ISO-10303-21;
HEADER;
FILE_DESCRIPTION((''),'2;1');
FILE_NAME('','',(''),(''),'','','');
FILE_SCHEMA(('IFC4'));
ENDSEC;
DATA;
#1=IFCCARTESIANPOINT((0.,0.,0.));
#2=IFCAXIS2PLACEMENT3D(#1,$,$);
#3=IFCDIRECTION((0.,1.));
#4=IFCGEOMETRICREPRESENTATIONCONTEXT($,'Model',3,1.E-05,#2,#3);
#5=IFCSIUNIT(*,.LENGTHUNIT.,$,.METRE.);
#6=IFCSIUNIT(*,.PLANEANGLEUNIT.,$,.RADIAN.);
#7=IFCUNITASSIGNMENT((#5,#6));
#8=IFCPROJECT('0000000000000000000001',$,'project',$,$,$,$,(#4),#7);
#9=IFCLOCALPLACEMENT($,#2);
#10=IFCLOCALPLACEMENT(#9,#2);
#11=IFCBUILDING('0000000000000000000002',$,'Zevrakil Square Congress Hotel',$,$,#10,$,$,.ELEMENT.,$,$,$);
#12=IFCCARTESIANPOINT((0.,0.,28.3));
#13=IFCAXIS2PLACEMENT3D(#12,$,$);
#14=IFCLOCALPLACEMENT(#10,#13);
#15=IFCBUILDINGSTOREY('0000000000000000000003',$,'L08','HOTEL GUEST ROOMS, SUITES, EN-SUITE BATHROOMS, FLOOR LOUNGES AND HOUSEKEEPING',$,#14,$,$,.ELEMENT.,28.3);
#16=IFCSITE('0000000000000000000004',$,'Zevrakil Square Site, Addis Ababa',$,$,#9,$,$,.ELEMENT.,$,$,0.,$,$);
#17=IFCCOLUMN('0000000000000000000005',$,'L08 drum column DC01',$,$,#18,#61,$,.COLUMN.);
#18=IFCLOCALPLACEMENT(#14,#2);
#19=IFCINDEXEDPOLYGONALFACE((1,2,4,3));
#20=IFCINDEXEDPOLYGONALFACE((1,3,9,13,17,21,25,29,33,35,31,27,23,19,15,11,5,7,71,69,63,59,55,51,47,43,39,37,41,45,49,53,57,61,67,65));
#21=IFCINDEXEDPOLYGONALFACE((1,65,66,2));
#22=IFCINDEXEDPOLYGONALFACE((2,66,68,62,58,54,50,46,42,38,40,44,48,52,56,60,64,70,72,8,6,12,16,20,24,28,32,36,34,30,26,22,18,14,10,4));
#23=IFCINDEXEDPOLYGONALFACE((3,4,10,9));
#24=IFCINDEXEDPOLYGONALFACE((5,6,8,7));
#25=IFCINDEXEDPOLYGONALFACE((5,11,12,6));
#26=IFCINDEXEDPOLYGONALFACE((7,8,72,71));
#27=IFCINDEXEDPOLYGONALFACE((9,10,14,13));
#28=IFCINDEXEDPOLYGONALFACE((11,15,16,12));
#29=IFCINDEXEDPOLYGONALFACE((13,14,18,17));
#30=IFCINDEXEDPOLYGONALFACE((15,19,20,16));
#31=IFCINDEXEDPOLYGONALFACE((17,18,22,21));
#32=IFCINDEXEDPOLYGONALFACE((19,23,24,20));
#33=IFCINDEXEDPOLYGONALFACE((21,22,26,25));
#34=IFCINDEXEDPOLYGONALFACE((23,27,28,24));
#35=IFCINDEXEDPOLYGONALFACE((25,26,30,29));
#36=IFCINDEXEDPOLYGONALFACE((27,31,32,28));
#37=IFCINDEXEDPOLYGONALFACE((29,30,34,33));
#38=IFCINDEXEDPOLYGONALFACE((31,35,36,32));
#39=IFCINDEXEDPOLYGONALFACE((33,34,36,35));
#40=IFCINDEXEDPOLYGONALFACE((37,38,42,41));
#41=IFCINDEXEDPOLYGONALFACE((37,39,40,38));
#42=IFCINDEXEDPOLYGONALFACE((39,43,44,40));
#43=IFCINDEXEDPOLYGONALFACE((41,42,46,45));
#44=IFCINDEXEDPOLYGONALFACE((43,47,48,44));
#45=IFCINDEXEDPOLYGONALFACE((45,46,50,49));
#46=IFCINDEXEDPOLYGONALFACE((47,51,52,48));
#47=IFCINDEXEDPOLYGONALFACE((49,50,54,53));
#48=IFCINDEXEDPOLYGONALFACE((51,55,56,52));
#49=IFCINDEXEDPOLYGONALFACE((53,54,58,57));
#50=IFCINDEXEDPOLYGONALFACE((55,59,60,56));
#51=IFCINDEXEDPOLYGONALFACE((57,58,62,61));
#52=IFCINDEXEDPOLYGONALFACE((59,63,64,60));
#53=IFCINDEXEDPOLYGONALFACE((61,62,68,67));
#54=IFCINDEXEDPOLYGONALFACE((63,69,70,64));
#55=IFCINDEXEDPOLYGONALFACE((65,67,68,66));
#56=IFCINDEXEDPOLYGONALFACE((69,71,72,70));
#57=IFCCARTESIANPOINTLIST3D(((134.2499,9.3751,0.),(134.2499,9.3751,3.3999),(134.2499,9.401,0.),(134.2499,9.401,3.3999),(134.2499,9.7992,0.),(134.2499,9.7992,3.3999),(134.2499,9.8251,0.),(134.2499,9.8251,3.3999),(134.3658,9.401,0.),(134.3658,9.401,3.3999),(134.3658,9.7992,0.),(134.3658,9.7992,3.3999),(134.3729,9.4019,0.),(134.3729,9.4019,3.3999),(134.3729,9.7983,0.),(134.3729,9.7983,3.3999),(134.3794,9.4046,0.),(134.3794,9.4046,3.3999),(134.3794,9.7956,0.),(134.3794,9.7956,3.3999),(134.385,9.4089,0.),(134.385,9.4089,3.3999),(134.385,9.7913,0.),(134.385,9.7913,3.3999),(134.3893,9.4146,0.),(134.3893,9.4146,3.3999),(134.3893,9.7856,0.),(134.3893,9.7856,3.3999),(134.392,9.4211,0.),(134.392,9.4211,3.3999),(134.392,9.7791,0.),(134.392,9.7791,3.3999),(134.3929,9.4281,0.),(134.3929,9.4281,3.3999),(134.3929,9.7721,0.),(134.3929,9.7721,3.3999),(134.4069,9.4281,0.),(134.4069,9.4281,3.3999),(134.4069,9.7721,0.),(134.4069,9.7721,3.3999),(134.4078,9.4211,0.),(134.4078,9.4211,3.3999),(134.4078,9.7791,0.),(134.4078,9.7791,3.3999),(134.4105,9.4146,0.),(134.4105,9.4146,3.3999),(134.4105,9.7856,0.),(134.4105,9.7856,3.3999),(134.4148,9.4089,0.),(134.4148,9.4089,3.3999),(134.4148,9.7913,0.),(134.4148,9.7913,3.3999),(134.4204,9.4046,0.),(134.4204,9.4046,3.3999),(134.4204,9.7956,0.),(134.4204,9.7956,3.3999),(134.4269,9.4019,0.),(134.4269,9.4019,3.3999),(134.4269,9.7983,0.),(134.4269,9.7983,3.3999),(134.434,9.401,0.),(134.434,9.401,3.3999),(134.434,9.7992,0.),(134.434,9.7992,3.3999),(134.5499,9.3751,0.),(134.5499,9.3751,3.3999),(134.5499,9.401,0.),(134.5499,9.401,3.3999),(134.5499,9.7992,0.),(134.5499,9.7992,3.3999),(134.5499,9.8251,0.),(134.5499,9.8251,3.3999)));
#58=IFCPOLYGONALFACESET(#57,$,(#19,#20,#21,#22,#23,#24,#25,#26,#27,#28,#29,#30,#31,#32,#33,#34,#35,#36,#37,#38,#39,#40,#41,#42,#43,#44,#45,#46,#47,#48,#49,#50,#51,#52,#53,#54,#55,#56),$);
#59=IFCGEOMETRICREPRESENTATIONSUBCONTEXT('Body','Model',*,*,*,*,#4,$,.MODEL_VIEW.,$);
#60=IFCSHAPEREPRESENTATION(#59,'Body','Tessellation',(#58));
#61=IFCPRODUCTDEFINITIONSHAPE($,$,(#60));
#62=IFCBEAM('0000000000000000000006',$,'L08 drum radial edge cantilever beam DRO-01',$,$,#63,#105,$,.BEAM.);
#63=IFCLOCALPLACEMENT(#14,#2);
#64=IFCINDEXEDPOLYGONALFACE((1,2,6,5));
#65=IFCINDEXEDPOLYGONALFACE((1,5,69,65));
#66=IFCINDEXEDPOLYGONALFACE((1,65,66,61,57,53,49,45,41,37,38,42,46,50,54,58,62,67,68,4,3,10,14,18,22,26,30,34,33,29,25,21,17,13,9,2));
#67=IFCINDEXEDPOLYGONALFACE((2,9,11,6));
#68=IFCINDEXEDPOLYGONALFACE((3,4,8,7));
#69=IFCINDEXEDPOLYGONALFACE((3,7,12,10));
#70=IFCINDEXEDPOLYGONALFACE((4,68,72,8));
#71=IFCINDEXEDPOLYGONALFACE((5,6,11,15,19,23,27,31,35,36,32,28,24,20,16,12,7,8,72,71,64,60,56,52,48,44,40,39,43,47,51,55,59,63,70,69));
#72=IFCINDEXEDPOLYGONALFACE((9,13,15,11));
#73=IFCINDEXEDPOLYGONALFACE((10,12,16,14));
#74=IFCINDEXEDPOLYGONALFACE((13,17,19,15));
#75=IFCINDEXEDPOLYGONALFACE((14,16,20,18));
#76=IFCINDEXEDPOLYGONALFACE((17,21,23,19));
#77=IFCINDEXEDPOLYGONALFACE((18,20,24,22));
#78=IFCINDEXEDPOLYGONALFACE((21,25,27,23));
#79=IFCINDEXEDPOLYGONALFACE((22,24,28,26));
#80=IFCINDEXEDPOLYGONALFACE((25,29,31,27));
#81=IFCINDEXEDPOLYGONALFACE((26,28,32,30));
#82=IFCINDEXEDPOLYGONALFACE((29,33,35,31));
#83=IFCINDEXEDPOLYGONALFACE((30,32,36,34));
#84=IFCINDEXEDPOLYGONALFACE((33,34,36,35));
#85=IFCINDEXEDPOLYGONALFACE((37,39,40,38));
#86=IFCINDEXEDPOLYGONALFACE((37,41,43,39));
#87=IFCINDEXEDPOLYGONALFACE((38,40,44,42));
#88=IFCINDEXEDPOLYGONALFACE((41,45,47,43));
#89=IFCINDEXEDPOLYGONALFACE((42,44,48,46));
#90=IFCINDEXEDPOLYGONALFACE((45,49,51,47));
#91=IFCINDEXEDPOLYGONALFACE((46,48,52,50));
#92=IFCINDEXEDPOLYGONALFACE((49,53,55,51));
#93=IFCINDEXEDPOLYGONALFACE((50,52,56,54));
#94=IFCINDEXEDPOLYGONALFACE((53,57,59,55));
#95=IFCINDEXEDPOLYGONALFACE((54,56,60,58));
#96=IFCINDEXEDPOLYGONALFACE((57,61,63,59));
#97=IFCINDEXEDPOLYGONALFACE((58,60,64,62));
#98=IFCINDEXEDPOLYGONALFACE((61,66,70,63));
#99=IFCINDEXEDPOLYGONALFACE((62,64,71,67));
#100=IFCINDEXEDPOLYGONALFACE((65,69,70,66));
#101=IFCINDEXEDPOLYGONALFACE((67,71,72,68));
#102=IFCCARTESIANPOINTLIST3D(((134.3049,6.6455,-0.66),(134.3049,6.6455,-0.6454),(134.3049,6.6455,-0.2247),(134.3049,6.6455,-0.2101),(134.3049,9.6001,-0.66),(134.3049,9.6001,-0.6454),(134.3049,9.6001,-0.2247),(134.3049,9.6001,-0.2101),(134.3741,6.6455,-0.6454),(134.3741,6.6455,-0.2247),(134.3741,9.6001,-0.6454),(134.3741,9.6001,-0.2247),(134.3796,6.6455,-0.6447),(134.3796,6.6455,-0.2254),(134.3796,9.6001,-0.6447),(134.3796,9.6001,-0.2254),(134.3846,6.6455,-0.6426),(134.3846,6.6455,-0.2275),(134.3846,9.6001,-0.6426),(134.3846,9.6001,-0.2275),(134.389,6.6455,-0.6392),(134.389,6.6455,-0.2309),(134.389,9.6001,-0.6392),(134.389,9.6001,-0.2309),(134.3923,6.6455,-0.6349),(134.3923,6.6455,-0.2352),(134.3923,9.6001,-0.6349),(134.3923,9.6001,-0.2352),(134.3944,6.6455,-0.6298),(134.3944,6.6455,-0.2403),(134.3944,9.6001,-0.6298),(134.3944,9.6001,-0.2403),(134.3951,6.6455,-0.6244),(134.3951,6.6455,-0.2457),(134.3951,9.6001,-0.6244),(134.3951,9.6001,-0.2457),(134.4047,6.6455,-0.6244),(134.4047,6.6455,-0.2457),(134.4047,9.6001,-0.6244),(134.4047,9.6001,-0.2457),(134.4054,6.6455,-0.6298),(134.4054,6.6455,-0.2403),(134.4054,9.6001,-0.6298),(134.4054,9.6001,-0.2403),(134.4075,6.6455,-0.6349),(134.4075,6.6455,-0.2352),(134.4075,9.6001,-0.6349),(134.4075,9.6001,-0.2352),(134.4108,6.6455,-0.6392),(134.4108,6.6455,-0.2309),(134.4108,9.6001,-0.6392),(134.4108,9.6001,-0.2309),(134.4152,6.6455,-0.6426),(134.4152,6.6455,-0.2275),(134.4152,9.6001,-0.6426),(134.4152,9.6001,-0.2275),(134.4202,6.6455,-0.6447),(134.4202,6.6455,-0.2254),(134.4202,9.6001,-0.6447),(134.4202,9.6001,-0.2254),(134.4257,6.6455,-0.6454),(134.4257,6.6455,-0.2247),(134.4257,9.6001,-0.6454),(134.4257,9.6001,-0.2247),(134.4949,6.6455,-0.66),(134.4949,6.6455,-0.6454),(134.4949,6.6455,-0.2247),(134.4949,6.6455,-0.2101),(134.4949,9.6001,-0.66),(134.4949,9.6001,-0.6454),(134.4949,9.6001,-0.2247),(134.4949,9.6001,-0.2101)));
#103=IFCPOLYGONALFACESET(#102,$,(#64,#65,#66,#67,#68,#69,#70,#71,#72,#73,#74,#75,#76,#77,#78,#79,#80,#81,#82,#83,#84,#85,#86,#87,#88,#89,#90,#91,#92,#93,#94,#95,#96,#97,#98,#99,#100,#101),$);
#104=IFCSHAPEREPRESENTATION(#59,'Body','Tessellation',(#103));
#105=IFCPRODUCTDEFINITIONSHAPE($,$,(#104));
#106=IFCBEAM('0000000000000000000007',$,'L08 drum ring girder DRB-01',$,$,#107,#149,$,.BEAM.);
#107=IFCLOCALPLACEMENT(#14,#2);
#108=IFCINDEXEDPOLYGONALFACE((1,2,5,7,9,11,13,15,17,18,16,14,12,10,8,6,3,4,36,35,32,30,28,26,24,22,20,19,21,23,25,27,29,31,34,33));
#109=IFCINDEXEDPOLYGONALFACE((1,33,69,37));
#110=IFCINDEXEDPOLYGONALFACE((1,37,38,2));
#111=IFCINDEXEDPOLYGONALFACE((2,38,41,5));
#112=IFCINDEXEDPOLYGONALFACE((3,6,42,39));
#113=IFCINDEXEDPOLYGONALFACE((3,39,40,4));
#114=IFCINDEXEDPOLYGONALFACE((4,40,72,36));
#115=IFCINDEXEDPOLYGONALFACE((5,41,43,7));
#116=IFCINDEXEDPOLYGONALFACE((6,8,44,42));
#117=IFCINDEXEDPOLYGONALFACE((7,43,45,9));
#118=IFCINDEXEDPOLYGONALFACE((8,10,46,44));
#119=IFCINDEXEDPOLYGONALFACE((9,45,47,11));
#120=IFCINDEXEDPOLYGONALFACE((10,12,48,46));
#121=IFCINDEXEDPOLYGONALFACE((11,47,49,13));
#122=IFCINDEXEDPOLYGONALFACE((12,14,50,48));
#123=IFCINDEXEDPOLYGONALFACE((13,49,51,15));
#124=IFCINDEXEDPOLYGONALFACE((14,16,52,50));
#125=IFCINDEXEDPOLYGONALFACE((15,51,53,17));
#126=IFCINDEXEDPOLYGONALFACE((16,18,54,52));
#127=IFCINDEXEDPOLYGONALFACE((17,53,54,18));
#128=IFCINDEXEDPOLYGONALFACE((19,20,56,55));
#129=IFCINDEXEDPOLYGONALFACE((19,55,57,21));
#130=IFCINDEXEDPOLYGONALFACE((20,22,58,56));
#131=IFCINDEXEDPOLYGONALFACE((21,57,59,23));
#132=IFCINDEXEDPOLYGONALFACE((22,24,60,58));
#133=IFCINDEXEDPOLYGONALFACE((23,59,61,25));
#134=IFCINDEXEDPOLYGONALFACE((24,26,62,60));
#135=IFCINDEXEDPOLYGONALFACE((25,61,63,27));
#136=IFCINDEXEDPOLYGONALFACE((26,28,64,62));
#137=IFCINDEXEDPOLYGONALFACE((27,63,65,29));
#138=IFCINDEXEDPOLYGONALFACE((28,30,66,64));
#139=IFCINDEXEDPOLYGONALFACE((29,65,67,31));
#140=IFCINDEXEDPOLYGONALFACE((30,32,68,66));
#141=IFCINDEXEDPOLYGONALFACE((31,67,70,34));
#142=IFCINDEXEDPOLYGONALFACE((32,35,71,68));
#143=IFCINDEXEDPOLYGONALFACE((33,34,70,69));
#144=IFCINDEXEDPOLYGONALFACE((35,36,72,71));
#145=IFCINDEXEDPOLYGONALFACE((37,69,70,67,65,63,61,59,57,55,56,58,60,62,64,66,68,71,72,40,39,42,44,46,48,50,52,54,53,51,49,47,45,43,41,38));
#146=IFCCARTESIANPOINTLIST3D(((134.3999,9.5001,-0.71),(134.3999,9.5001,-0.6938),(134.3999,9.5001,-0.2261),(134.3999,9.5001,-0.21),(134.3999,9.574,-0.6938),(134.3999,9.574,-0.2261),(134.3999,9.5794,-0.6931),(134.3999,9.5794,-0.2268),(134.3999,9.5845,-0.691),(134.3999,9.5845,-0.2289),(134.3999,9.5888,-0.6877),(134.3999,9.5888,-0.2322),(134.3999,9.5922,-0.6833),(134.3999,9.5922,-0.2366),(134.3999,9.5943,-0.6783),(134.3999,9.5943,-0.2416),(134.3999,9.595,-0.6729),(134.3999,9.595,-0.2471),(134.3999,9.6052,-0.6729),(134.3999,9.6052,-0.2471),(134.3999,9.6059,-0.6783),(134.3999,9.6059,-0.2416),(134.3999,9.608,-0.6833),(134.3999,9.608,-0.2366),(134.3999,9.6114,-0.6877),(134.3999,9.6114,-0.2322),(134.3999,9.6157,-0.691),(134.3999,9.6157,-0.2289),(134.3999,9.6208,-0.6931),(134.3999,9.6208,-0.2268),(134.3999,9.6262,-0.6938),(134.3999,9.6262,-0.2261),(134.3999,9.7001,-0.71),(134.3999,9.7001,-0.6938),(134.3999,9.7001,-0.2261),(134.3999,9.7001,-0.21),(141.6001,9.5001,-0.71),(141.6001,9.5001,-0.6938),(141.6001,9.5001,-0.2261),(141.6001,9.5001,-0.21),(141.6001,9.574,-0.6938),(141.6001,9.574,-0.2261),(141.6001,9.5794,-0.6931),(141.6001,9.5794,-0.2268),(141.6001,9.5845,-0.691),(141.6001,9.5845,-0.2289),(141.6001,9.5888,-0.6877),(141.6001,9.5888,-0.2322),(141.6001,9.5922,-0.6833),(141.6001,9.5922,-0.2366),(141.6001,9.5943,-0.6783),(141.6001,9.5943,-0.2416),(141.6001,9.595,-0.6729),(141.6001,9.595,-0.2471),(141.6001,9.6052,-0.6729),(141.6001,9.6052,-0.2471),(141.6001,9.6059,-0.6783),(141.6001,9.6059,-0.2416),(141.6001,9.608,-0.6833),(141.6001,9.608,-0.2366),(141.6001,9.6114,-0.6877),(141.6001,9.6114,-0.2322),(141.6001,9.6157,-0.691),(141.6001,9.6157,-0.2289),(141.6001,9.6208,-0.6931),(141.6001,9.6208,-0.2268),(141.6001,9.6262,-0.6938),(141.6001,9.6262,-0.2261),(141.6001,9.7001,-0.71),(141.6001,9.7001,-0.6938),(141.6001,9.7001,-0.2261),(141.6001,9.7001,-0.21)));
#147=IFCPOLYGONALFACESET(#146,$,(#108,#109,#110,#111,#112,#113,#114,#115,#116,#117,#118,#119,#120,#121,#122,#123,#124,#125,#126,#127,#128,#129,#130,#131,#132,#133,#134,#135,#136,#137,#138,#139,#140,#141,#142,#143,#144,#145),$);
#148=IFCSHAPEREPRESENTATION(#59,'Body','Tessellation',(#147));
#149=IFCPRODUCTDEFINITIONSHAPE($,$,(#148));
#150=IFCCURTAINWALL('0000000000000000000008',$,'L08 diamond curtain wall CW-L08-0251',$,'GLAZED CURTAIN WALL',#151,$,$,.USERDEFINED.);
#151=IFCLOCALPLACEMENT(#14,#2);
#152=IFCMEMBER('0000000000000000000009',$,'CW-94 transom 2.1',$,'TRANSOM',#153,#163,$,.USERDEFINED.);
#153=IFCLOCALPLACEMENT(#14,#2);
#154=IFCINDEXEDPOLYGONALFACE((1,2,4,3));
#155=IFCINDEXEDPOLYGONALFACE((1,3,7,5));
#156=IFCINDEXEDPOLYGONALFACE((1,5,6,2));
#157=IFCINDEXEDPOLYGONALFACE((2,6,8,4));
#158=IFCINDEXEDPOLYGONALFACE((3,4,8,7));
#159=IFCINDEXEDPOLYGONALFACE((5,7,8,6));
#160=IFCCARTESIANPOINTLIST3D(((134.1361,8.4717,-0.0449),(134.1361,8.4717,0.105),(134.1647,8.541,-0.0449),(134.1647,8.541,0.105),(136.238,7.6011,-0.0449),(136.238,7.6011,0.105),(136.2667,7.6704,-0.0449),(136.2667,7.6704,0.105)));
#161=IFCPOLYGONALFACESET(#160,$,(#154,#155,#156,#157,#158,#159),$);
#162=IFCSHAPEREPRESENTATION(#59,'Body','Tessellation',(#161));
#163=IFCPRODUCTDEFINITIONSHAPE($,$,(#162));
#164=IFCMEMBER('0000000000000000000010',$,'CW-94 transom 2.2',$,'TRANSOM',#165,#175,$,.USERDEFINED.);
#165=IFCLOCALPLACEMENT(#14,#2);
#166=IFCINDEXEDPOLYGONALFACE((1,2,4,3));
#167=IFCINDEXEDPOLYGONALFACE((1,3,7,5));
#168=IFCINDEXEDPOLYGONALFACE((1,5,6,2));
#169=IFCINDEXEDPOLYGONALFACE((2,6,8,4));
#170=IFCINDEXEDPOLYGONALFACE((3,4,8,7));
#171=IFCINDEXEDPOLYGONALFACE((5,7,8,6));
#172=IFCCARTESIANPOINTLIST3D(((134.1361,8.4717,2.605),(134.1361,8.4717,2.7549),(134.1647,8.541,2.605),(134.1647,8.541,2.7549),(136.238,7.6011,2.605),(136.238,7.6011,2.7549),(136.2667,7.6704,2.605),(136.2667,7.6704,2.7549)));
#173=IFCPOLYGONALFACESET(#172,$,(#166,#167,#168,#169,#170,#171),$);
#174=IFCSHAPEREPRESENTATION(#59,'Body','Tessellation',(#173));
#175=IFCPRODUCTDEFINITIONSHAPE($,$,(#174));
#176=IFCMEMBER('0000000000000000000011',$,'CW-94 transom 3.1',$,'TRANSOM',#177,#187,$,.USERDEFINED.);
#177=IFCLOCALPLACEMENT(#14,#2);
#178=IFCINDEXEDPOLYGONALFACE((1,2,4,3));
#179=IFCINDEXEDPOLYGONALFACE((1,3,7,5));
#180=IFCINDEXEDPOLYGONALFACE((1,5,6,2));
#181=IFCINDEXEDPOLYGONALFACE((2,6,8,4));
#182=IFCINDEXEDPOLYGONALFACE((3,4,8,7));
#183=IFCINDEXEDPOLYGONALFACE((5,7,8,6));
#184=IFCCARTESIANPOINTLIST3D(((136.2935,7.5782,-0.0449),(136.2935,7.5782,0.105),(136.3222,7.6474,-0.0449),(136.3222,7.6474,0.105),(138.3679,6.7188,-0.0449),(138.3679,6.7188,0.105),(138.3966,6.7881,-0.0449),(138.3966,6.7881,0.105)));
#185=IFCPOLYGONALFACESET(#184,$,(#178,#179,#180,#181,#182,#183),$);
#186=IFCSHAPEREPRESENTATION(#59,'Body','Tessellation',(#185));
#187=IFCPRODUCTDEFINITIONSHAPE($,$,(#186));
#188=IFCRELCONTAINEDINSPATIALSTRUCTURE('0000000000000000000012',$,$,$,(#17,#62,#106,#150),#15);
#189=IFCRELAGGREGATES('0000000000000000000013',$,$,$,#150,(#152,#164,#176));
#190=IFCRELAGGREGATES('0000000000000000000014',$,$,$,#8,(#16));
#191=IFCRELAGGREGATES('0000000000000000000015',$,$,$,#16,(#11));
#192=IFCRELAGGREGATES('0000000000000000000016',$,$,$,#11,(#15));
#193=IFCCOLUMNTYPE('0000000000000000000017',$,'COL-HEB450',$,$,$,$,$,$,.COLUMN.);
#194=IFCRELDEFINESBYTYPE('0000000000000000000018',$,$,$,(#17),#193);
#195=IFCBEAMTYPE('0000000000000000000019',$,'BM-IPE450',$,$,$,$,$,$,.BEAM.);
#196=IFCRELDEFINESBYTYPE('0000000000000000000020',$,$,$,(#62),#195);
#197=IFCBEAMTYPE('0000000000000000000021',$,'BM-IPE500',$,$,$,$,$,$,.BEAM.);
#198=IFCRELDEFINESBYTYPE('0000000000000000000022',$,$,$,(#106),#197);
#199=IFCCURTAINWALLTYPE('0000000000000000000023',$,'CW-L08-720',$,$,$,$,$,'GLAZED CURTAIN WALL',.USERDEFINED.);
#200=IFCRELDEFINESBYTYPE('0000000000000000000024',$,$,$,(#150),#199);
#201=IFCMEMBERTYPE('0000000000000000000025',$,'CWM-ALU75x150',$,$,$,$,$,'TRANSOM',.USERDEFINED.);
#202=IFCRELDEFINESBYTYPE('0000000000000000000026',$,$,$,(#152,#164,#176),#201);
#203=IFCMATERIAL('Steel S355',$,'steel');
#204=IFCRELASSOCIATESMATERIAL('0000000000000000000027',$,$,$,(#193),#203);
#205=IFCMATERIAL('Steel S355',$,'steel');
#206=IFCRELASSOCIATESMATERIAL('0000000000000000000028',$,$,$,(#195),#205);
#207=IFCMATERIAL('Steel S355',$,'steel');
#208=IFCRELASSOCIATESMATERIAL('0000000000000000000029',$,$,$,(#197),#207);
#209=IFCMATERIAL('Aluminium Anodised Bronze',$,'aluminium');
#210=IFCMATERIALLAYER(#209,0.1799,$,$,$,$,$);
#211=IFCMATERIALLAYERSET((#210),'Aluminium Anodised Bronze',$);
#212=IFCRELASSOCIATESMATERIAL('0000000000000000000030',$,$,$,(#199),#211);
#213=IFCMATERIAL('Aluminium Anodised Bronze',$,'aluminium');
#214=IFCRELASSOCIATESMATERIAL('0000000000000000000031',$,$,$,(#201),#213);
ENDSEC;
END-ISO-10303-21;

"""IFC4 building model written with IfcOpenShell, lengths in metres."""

from ifc_helpers import new_model, si_unit, direction, frame, origin, origin_2d, place, context, subcontext, project, spatial, rectangle, i_section, extrude, material, layer, layer_set, material_profile, profile_set, type_object, element, aggregate, save


model = new_model("IFC4")

# Units and contexts
model_context = context("Model", 3, precision=1e-05, world=origin(), true_north=direction((0.0, 1.0)))
body_context = subcontext(model_context, "Body", "Model", "MODEL_VIEW")
ifc_project = project(units=[si_unit("LENGTHUNIT", "METRE"), si_unit("PLANEANGLEUNIT", "RADIAN")], contexts=[model_context])

# Site, building, storey
site_placement = place(None, origin())
site = spatial("IfcSite", under=ifc_project, at=site_placement, Name="Zevrakil Square Site, Addis Ababa", CompositionType="ELEMENT", RefElevation=0.0)
building_placement = place(site_placement, origin())
building = spatial("IfcBuilding", under=site, at=building_placement, Name="Zevrakil Square Congress Hotel", CompositionType="ELEMENT")
storey_placement = place(building_placement, frame((0.0, 0.0, 28.3)))
storey = spatial("IfcBuildingStorey", under=building, at=storey_placement, Name="L08", Description="HOTEL GUEST ROOMS, SUITES, EN-SUITE BATHROOMS, FLOOR LOUNGES AND HOUSEKEEPING", CompositionType="ELEMENT", Elevation=28.3)

# Column
ifc_material_1 = material(Name="Steel S355", Category="steel")
ifc_material_profile_1 = material_profile(ifc_material_1, i_section(OverallWidth=0.3, OverallDepth=0.45, WebThickness=0.0139, FlangeThickness=0.0259, FilletRadius=0.0271, at=origin_2d()), Name="HEB 450")
ifc_profile_set_1 = profile_set([ifc_material_profile_1], Name="Steel S355")
column_type = type_object("IfcColumnType", Name="COL-HEB450", PredefinedType="COLUMN", material=ifc_profile_set_1)
column_placement = place(storey_placement, frame((134.3999, 9.6001, 0.0), z_axis=(0.0, 0.0, 1.0), x_axis=(1.0, 0.0, 0.0)))
element("IfcColumn", 1, at=column_placement, inside=storey, type_object=column_type, Name="L08 drum column DC01", PredefinedType="COLUMN", context=body_context, shape_type="SweptSolid", body=[
    extrude(i_section(OverallWidth=0.3, OverallDepth=0.45, WebThickness=0.0139, FlangeThickness=0.0259, FilletRadius=0.0271, at=origin_2d()), origin(), (0.0, 0.0, 1.0), 3.3999),
])

# Beams
ifc_material_2 = material(Name="Steel S355", Category="steel")
ifc_material_profile_2 = material_profile(ifc_material_2, i_section(OverallWidth=0.1899, OverallDepth=0.45, WebThickness=0.0095, FlangeThickness=0.0146, FilletRadius=0.021, at=origin_2d()), Name="IPE 450")
ifc_profile_set_2 = profile_set([ifc_material_profile_2], Name="Steel S355")
beam_type_1 = type_object("IfcBeamType", Name="BM-IPE450", PredefinedType="BEAM", material=ifc_profile_set_2)
beam_1_placement = place(storey_placement, frame((134.3999, 9.6001, -0.4351), z_axis=(0.0, -1.0, 0.0), x_axis=(1.0, 0.0, 0.0)))
element("IfcBeam", 2, at=beam_1_placement, inside=storey, type_object=beam_type_1, Name="L08 drum radial edge cantilever beam DRO-01", PredefinedType="BEAM", context=body_context, shape_type="SweptSolid", body=[
    extrude(i_section(OverallWidth=0.1899, OverallDepth=0.45, WebThickness=0.0095, FlangeThickness=0.0146, FilletRadius=0.021, at=origin_2d()), origin(), (0.0, 0.0, 1.0), 2.9546),
])
ifc_material_3 = material(Name="Steel S355", Category="steel")
ifc_material_profile_3 = material_profile(ifc_material_3, i_section(OverallWidth=0.2, OverallDepth=0.5, WebThickness=0.0103, FlangeThickness=0.0161, FilletRadius=0.021, at=origin_2d()), Name="IPE 500")
ifc_profile_set_3 = profile_set([ifc_material_profile_3], Name="Steel S355")
beam_type_2 = type_object("IfcBeamType", Name="BM-IPE500", PredefinedType="BEAM", material=ifc_profile_set_3)
beam_2_placement = place(storey_placement, frame((134.3999, 9.6001, -0.46), z_axis=(1.0, 0.0, 0.0), x_axis=(0.0, 1.0, 0.0)))
element("IfcBeam", 3, at=beam_2_placement, inside=storey, type_object=beam_type_2, Name="L08 drum ring girder DRB-01", PredefinedType="BEAM", context=body_context, shape_type="SweptSolid", body=[
    extrude(i_section(OverallWidth=0.2, OverallDepth=0.5, WebThickness=0.0103, FlangeThickness=0.0161, FilletRadius=0.021, at=origin_2d()), origin(), (0.0, 0.0, 1.0), 7.2002),
])

# Curtain wall, members
ifc_material_4 = material(Name="Aluminium Anodised Bronze", Category="aluminium")
ifc_layer_1 = layer(ifc_material_4, 0.1799)
ifc_layer_set_1 = layer_set([ifc_layer_1], Name="Aluminium Anodised Bronze")
curtain_wall_type_1 = type_object("IfcCurtainWallType", Name="CW-L08-720", ElementType="GLAZED CURTAIN WALL", PredefinedType="USERDEFINED", material=ifc_layer_set_1)
curtain_wall_1_placement = place(storey_placement, origin())
curtain_wall_1 = element("IfcCurtainWall", 4, at=curtain_wall_1_placement, inside=storey, type_object=curtain_wall_type_1, Name="L08 diamond curtain wall CW-L08-0251", ObjectType="GLAZED CURTAIN WALL", PredefinedType="USERDEFINED")
ifc_material_5 = material(Name="Aluminium Anodised Bronze", Category="aluminium")
ifc_material_profile_4 = material_profile(ifc_material_5, rectangle(XDim=0.075, YDim=0.1499, at=origin_2d()), Name="ALU 75x150")
ifc_profile_set_4 = profile_set([ifc_material_profile_4], Name="Aluminium Anodised Bronze")
member_type_1 = type_object("IfcMemberType", Name="CWM-ALU75x150", ElementType="TRANSOM", PredefinedType="USERDEFINED", material=ifc_profile_set_4)
member_1_placement = place(storey_placement, frame((134.1504, 8.5063, 0.03), z_axis=(0.923894, -0.382649, 0.0), x_axis=(0.382649, 0.923894, 0.0)))
member_1 = element("IfcMember", 5, at=member_1_placement, type_object=member_type_1, Name="CW-94 transom 2.1", ObjectType="TRANSOM", PredefinedType="USERDEFINED", context=body_context, shape_type="SweptSolid", body=[
    extrude(rectangle(XDim=0.075, YDim=0.1499, at=origin_2d()), origin(), (0.0, 0.0, 1.0), 2.2751),
])
member_2_placement = place(storey_placement, frame((134.1504, 8.5063, 2.6799), z_axis=(0.923894, -0.382649, 0.0), x_axis=(0.382649, 0.923894, 0.0)))
member_2 = element("IfcMember", 6, at=member_2_placement, type_object=member_type_1, Name="CW-94 transom 2.2", ObjectType="TRANSOM", PredefinedType="USERDEFINED", context=body_context, shape_type="SweptSolid", body=[
    extrude(rectangle(XDim=0.075, YDim=0.1499, at=origin_2d()), origin(), (0.0, 0.0, 1.0), 2.2751),
])
member_3_placement = place(storey_placement, frame((136.3079, 7.6128, 0.03), z_axis=(0.923863, -0.382723, 0.0), x_axis=(0.382723, 0.923863, 0.0)))
member_3 = element("IfcMember", 7, at=member_3_placement, type_object=member_type_1, Name="CW-94 transom 3.1", ObjectType="TRANSOM", PredefinedType="USERDEFINED", context=body_context, shape_type="SweptSolid", body=[
    extrude(rectangle(XDim=0.075, YDim=0.1499, at=origin_2d()), origin(), (0.0, 0.0, 1.0), 2.2454),
])

aggregate(curtain_wall_1, [member_1, member_2, member_3])

save(model, "model.ifc")
